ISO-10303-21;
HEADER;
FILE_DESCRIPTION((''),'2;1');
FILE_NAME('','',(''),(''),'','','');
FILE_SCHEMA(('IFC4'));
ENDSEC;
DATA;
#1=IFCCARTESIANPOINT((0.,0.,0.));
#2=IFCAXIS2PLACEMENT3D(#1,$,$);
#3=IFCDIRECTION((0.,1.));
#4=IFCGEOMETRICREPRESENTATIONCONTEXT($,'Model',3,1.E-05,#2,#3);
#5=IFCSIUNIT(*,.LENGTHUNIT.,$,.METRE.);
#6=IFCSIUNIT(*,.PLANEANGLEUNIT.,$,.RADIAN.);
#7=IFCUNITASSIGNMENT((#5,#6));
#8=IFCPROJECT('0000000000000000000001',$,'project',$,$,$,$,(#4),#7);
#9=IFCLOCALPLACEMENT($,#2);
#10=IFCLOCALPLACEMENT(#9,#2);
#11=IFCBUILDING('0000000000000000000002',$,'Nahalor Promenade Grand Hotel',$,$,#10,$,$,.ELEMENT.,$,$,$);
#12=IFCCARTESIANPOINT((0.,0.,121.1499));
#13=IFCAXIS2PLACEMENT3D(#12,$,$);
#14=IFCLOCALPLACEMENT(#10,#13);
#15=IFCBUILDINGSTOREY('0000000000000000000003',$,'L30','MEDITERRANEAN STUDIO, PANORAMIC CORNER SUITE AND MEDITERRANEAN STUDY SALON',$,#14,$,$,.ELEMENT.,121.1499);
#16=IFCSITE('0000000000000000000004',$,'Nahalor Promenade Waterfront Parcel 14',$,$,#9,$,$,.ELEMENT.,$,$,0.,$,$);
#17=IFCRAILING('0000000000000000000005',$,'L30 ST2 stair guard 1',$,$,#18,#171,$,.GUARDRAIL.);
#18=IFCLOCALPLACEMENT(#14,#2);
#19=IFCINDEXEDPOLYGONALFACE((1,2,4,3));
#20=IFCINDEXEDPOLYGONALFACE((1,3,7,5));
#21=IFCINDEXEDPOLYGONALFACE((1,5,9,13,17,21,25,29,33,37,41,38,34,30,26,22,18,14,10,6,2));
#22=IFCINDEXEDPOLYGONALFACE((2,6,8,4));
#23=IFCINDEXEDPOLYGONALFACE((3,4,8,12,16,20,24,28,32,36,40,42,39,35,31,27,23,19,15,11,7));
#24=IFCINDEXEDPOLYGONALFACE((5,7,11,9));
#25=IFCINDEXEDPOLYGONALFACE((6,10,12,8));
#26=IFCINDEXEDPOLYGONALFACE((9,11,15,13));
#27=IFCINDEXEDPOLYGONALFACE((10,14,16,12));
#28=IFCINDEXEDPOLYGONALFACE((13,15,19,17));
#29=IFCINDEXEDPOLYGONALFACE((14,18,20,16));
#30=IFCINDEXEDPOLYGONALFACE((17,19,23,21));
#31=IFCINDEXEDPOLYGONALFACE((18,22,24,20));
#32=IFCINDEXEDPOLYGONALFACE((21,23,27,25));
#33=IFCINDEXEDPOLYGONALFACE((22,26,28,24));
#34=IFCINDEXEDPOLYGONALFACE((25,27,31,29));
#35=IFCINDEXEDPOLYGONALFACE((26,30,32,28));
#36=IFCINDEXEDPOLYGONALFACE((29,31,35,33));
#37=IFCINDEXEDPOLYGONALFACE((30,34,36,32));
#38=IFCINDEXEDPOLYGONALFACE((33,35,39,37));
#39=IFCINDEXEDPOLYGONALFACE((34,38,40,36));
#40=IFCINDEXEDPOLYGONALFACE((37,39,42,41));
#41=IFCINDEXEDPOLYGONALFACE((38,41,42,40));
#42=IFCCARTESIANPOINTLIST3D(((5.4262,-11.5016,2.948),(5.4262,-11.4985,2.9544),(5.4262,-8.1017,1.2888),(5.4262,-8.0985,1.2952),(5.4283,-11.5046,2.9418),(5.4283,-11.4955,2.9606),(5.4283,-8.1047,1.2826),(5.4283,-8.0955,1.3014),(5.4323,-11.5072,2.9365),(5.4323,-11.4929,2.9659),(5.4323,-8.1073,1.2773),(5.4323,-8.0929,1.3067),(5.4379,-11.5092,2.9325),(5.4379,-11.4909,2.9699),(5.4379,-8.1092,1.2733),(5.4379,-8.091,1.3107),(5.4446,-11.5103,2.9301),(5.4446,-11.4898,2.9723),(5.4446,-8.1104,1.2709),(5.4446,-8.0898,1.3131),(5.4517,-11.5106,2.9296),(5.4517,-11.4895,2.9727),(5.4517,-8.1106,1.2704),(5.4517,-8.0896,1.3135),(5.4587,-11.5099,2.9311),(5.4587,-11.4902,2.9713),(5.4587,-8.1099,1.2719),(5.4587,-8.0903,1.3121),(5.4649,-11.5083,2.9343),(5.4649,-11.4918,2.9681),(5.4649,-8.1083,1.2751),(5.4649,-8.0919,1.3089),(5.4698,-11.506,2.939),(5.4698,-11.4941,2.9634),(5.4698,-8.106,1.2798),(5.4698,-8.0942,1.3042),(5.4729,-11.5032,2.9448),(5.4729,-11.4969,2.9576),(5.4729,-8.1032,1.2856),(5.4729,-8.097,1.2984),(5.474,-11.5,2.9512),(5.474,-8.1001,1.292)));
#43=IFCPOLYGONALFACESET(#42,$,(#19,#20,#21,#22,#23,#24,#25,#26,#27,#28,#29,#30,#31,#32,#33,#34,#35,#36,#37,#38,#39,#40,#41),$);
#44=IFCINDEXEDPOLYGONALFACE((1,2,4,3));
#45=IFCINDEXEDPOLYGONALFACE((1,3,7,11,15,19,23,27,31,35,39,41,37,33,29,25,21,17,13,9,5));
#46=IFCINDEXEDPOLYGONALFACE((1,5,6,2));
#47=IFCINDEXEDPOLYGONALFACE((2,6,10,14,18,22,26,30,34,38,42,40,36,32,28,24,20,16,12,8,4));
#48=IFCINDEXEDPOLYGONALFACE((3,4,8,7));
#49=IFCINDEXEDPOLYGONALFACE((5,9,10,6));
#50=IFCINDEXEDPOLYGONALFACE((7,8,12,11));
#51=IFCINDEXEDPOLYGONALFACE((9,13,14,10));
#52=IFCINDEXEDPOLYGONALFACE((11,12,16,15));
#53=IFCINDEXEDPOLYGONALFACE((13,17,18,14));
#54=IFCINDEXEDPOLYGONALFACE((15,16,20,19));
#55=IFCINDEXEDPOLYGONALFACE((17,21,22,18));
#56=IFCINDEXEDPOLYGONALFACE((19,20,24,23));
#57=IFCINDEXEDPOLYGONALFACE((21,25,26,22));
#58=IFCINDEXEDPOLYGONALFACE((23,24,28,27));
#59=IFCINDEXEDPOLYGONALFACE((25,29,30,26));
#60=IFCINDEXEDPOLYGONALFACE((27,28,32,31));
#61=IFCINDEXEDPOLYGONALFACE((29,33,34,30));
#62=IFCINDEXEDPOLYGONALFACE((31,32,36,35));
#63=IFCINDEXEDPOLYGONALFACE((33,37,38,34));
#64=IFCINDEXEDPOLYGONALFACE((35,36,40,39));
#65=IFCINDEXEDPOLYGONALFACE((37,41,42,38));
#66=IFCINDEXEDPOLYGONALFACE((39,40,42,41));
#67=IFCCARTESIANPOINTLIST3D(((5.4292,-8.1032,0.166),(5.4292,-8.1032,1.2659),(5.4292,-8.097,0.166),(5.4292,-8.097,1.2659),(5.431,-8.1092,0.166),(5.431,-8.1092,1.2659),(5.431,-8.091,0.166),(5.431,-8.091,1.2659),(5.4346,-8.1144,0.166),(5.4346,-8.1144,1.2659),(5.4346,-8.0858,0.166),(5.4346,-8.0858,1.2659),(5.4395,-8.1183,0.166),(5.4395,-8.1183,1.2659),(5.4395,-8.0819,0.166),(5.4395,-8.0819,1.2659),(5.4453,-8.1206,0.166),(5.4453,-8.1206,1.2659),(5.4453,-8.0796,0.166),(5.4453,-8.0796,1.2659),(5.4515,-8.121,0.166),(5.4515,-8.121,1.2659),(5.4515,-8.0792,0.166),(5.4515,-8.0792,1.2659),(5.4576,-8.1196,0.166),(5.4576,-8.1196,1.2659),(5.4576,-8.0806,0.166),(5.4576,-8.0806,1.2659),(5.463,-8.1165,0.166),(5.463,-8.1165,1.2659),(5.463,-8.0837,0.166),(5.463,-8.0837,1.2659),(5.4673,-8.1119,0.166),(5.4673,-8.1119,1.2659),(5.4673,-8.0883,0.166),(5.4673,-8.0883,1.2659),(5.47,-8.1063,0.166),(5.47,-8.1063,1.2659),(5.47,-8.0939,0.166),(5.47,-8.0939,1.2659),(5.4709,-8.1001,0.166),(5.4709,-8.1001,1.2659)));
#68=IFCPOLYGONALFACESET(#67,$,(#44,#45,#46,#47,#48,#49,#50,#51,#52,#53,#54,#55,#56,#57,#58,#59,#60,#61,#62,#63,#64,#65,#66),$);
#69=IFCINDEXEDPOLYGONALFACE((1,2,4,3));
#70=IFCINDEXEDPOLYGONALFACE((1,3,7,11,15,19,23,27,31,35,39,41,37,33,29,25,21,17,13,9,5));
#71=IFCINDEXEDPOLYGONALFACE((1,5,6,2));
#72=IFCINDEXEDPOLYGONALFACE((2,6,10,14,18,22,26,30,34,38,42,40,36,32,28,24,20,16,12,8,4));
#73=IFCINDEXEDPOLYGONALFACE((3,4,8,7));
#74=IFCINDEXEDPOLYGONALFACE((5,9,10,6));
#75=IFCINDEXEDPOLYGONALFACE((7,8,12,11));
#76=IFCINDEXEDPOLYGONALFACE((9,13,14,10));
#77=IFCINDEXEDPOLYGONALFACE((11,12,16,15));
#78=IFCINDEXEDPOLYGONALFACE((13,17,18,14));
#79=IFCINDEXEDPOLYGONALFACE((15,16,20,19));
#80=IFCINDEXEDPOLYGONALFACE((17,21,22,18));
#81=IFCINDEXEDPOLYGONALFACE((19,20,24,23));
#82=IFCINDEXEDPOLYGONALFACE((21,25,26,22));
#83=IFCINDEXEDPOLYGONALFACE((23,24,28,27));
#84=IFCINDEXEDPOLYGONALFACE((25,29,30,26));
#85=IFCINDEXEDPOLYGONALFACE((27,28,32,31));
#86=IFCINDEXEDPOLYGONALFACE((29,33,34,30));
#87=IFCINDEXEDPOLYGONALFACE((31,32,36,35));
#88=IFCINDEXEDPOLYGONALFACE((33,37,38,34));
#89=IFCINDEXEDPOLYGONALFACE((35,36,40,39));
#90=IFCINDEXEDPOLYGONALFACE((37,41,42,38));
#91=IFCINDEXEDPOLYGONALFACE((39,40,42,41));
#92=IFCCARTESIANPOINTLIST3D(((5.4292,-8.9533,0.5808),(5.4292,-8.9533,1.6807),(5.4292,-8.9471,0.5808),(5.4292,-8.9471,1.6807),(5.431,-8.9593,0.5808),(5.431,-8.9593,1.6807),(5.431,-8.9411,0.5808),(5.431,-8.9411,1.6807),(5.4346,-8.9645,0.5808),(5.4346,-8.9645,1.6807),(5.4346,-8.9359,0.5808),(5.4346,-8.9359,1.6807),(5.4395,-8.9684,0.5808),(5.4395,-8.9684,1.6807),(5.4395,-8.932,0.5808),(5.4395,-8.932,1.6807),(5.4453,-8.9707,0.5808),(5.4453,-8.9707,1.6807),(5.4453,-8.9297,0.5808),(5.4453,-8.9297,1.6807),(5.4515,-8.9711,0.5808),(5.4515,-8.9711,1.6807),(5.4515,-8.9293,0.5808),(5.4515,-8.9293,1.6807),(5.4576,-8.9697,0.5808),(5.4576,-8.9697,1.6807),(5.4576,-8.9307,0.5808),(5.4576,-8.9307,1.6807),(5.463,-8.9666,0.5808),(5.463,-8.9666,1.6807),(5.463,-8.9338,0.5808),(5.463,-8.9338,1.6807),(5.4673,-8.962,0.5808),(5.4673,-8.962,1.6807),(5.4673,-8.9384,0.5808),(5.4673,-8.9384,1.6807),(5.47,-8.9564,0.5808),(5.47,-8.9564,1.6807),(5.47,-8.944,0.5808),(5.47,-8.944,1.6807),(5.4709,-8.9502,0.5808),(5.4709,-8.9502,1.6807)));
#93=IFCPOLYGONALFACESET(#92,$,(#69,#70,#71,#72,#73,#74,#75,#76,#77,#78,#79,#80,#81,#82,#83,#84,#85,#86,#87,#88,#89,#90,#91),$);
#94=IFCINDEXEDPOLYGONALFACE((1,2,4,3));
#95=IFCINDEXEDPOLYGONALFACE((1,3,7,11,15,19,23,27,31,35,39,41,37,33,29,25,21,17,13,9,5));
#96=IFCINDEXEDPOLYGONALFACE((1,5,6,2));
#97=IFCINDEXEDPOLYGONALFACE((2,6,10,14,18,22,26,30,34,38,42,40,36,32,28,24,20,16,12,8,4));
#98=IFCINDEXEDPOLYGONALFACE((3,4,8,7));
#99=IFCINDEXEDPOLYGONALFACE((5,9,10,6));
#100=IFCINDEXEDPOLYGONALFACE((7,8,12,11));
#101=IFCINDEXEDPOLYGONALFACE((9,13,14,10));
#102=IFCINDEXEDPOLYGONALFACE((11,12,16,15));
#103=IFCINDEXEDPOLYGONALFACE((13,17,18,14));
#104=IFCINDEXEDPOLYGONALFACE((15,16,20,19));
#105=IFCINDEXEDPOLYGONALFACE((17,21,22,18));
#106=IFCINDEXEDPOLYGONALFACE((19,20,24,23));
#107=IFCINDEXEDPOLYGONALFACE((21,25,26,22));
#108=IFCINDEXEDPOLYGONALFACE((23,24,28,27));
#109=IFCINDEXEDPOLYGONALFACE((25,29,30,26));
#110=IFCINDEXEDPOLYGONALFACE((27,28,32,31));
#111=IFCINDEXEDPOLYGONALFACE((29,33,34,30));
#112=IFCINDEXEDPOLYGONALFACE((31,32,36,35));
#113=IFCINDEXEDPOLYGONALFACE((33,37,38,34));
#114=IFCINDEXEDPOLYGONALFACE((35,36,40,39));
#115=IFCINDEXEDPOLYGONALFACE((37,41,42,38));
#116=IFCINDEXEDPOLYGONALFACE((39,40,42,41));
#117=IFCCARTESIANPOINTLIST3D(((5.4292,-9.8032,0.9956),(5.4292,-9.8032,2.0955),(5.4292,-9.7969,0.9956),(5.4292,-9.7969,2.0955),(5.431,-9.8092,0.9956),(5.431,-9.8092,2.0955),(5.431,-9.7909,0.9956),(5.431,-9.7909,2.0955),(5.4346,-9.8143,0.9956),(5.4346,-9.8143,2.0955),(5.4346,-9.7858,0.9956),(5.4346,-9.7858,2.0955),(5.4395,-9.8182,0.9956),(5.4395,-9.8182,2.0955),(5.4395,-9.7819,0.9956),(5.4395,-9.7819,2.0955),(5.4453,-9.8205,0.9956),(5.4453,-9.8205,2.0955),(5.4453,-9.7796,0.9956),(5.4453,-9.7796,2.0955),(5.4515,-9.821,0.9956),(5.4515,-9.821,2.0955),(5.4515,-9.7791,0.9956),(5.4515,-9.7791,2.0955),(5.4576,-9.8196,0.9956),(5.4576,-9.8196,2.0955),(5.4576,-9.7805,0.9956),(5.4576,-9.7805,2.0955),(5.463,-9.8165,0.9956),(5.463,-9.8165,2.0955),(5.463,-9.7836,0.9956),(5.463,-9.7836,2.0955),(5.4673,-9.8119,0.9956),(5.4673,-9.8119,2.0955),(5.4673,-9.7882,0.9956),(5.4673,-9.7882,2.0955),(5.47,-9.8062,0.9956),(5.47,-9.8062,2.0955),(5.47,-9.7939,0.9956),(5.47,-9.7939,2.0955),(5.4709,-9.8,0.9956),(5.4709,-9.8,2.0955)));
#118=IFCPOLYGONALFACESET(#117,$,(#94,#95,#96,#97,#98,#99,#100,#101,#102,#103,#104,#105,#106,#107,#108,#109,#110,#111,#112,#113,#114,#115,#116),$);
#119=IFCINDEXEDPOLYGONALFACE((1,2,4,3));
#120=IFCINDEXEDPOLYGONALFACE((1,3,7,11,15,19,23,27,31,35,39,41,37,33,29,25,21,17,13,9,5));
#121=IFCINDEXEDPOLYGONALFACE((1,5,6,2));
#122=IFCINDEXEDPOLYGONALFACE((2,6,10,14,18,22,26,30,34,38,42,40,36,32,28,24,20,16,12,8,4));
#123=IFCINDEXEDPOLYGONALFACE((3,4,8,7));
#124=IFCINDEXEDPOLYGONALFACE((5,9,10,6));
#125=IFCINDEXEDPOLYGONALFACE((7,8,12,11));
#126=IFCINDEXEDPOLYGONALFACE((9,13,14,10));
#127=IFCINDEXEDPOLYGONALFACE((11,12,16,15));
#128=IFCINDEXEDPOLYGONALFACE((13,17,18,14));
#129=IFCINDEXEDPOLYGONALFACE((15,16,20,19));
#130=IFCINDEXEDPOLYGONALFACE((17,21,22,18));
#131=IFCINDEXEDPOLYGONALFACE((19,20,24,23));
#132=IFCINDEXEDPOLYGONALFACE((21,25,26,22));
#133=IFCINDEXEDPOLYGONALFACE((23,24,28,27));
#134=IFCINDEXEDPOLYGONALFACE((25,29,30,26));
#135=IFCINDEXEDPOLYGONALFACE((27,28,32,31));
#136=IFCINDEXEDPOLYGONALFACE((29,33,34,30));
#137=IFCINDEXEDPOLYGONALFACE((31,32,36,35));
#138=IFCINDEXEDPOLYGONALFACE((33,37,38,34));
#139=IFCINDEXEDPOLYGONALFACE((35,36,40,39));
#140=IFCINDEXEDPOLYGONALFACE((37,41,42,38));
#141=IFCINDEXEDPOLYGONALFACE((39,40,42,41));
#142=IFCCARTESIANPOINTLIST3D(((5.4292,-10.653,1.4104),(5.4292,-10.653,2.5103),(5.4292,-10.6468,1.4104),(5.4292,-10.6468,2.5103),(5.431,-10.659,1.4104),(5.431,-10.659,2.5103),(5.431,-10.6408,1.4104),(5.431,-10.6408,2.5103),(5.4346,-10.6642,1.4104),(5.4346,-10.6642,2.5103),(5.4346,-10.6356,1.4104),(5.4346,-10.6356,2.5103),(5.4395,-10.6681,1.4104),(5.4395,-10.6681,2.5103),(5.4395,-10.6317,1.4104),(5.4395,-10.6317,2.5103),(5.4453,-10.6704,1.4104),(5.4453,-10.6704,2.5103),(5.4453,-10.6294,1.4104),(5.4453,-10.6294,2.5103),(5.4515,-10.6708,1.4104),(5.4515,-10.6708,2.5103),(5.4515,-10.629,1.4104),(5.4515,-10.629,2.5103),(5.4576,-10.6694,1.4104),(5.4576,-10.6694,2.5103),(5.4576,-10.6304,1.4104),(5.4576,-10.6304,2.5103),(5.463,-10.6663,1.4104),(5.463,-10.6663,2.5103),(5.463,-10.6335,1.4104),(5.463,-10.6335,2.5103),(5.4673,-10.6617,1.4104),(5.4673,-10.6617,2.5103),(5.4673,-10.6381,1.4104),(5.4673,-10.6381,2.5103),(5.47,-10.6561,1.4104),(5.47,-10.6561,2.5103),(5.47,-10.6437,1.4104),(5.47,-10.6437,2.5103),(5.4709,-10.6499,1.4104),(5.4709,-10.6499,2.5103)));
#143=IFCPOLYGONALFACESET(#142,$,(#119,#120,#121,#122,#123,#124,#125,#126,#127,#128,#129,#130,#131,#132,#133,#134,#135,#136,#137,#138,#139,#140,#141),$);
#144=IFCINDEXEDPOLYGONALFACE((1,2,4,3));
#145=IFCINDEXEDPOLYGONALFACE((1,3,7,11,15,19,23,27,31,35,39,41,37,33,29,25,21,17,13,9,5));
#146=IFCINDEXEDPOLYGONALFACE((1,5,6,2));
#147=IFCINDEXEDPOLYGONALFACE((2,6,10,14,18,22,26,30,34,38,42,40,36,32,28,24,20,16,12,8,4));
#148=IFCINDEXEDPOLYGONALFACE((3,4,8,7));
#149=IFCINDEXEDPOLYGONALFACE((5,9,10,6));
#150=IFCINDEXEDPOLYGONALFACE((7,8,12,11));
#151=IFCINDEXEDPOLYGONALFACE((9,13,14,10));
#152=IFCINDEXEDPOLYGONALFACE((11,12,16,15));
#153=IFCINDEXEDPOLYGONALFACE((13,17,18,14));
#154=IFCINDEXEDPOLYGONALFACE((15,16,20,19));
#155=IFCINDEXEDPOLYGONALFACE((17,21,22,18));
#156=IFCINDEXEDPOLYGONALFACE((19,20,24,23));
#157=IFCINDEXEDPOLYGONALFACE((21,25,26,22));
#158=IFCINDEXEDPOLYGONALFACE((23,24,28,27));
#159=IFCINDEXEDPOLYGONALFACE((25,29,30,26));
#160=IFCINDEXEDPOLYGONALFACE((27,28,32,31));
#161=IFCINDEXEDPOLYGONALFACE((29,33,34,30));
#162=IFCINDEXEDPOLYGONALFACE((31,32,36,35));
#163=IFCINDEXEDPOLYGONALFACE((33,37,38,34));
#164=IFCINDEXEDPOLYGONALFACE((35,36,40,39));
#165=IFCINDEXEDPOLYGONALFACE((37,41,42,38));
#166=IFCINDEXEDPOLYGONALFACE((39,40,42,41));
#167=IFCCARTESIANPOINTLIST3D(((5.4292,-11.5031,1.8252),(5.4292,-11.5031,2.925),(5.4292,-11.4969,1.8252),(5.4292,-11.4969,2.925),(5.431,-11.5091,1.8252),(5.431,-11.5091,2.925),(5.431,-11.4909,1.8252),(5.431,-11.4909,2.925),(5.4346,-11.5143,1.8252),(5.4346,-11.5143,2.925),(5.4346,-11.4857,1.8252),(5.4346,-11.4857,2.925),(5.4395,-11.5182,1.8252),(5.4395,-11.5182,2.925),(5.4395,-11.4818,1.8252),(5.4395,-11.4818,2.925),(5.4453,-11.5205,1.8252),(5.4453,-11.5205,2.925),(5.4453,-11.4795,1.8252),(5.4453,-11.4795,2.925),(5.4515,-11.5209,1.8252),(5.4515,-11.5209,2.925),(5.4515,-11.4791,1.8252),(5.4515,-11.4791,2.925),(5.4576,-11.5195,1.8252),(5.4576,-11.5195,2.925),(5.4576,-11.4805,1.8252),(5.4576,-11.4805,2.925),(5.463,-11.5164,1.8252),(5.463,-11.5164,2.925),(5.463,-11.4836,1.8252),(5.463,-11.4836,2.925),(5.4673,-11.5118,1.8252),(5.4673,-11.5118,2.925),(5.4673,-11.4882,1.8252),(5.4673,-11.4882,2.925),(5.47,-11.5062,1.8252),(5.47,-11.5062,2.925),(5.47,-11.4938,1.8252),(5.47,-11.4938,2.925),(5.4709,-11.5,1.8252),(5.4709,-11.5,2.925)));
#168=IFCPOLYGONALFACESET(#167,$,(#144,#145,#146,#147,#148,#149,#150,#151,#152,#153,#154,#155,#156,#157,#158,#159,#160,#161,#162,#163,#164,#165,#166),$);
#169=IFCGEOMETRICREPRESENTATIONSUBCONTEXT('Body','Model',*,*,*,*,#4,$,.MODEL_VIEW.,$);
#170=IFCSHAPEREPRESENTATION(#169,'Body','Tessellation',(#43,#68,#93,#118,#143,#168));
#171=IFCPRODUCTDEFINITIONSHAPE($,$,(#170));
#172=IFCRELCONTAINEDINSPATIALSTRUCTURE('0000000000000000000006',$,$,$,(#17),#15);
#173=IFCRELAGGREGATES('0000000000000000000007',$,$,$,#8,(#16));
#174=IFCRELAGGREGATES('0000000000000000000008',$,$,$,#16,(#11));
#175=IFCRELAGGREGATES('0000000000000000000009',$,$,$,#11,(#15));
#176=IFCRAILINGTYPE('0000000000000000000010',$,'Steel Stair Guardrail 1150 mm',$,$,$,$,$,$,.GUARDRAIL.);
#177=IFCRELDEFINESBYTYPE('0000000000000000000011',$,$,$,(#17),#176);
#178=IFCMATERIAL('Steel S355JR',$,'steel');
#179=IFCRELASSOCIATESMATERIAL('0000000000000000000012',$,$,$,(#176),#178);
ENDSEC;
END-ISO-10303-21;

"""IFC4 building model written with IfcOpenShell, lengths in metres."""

from ifc_helpers import new_model, si_unit, direction, frame, origin, origin_2d, place, context, subcontext, project, spatial, circle, extrude, material, type_object, element, save


model = new_model("IFC4")

# Units and contexts
model_context = context("Model", 3, precision=1e-05, world=origin(), true_north=direction((0.0, 1.0)))
body_context = subcontext(model_context, "Body", "Model", "MODEL_VIEW")
ifc_project = project(units=[si_unit("LENGTHUNIT", "METRE"), si_unit("PLANEANGLEUNIT", "RADIAN")], contexts=[model_context])

# Site, building, storey
site_placement = place(None, origin())
site = spatial("IfcSite", under=ifc_project, at=site_placement, Name="Nahalor Promenade Waterfront Parcel 14", CompositionType="ELEMENT", RefElevation=0.0)
building_placement = place(site_placement, origin())
building = spatial("IfcBuilding", under=site, at=building_placement, Name="Nahalor Promenade Grand Hotel", CompositionType="ELEMENT")
storey_placement = place(building_placement, frame((0.0, 0.0, 121.1499)))
storey = spatial("IfcBuildingStorey", under=building, at=storey_placement, Name="L30", Description="MEDITERRANEAN STUDIO, PANORAMIC CORNER SUITE AND MEDITERRANEAN STUDY SALON", CompositionType="ELEMENT", Elevation=121.1499)

# Shared definitions
ifc_material_1 = material(Name="Steel S355JR", Category="steel")

# Railing
railing_type_1 = type_object("IfcRailingType", Name="Steel Stair Guardrail 1150 mm", PredefinedType="GUARDRAIL", material=ifc_material_1)
railing_1_placement = place(storey_placement, frame((5.45, -8.1001, 0.166)))
element("IfcRailing", 1, at=railing_1_placement, inside=storey, type_object=railing_type_1, Name="L30 ST2 stair guard 1", PredefinedType="GUARDRAIL", context=body_context, shape_type="SweptSolid", body=[
    extrude(circle(Radius=0.024, at=origin_2d()), frame((0.0, 0.0, 1.126), z_axis=(0.0, -0.898696, 0.438571), x_axis=(1.0, 0.0, 0.0)), (0.0, 0.0, 1.0), 3.7832),
    extrude(circle(Radius=0.021, at=origin_2d()), origin(), (0.0, 0.0, 1.0), 1.0999),
    extrude(circle(Radius=0.021, at=origin_2d()), frame((0.0, -0.8501, 0.4148)), (0.0, 0.0, 1.0), 1.0999),
    extrude(circle(Radius=0.021, at=origin_2d()), frame((0.0, -1.7, 0.8296)), (0.0, 0.0, 1.0), 1.0999),
    extrude(circle(Radius=0.021, at=origin_2d()), frame((0.0, -2.5498, 1.2444)), (0.0, 0.0, 1.0), 1.0999),
    extrude(circle(Radius=0.021, at=origin_2d()), frame((0.0, -3.3999, 1.6592)), (0.0, 0.0, 1.0), 1.0999),
])

save(model, "model.ifc")
